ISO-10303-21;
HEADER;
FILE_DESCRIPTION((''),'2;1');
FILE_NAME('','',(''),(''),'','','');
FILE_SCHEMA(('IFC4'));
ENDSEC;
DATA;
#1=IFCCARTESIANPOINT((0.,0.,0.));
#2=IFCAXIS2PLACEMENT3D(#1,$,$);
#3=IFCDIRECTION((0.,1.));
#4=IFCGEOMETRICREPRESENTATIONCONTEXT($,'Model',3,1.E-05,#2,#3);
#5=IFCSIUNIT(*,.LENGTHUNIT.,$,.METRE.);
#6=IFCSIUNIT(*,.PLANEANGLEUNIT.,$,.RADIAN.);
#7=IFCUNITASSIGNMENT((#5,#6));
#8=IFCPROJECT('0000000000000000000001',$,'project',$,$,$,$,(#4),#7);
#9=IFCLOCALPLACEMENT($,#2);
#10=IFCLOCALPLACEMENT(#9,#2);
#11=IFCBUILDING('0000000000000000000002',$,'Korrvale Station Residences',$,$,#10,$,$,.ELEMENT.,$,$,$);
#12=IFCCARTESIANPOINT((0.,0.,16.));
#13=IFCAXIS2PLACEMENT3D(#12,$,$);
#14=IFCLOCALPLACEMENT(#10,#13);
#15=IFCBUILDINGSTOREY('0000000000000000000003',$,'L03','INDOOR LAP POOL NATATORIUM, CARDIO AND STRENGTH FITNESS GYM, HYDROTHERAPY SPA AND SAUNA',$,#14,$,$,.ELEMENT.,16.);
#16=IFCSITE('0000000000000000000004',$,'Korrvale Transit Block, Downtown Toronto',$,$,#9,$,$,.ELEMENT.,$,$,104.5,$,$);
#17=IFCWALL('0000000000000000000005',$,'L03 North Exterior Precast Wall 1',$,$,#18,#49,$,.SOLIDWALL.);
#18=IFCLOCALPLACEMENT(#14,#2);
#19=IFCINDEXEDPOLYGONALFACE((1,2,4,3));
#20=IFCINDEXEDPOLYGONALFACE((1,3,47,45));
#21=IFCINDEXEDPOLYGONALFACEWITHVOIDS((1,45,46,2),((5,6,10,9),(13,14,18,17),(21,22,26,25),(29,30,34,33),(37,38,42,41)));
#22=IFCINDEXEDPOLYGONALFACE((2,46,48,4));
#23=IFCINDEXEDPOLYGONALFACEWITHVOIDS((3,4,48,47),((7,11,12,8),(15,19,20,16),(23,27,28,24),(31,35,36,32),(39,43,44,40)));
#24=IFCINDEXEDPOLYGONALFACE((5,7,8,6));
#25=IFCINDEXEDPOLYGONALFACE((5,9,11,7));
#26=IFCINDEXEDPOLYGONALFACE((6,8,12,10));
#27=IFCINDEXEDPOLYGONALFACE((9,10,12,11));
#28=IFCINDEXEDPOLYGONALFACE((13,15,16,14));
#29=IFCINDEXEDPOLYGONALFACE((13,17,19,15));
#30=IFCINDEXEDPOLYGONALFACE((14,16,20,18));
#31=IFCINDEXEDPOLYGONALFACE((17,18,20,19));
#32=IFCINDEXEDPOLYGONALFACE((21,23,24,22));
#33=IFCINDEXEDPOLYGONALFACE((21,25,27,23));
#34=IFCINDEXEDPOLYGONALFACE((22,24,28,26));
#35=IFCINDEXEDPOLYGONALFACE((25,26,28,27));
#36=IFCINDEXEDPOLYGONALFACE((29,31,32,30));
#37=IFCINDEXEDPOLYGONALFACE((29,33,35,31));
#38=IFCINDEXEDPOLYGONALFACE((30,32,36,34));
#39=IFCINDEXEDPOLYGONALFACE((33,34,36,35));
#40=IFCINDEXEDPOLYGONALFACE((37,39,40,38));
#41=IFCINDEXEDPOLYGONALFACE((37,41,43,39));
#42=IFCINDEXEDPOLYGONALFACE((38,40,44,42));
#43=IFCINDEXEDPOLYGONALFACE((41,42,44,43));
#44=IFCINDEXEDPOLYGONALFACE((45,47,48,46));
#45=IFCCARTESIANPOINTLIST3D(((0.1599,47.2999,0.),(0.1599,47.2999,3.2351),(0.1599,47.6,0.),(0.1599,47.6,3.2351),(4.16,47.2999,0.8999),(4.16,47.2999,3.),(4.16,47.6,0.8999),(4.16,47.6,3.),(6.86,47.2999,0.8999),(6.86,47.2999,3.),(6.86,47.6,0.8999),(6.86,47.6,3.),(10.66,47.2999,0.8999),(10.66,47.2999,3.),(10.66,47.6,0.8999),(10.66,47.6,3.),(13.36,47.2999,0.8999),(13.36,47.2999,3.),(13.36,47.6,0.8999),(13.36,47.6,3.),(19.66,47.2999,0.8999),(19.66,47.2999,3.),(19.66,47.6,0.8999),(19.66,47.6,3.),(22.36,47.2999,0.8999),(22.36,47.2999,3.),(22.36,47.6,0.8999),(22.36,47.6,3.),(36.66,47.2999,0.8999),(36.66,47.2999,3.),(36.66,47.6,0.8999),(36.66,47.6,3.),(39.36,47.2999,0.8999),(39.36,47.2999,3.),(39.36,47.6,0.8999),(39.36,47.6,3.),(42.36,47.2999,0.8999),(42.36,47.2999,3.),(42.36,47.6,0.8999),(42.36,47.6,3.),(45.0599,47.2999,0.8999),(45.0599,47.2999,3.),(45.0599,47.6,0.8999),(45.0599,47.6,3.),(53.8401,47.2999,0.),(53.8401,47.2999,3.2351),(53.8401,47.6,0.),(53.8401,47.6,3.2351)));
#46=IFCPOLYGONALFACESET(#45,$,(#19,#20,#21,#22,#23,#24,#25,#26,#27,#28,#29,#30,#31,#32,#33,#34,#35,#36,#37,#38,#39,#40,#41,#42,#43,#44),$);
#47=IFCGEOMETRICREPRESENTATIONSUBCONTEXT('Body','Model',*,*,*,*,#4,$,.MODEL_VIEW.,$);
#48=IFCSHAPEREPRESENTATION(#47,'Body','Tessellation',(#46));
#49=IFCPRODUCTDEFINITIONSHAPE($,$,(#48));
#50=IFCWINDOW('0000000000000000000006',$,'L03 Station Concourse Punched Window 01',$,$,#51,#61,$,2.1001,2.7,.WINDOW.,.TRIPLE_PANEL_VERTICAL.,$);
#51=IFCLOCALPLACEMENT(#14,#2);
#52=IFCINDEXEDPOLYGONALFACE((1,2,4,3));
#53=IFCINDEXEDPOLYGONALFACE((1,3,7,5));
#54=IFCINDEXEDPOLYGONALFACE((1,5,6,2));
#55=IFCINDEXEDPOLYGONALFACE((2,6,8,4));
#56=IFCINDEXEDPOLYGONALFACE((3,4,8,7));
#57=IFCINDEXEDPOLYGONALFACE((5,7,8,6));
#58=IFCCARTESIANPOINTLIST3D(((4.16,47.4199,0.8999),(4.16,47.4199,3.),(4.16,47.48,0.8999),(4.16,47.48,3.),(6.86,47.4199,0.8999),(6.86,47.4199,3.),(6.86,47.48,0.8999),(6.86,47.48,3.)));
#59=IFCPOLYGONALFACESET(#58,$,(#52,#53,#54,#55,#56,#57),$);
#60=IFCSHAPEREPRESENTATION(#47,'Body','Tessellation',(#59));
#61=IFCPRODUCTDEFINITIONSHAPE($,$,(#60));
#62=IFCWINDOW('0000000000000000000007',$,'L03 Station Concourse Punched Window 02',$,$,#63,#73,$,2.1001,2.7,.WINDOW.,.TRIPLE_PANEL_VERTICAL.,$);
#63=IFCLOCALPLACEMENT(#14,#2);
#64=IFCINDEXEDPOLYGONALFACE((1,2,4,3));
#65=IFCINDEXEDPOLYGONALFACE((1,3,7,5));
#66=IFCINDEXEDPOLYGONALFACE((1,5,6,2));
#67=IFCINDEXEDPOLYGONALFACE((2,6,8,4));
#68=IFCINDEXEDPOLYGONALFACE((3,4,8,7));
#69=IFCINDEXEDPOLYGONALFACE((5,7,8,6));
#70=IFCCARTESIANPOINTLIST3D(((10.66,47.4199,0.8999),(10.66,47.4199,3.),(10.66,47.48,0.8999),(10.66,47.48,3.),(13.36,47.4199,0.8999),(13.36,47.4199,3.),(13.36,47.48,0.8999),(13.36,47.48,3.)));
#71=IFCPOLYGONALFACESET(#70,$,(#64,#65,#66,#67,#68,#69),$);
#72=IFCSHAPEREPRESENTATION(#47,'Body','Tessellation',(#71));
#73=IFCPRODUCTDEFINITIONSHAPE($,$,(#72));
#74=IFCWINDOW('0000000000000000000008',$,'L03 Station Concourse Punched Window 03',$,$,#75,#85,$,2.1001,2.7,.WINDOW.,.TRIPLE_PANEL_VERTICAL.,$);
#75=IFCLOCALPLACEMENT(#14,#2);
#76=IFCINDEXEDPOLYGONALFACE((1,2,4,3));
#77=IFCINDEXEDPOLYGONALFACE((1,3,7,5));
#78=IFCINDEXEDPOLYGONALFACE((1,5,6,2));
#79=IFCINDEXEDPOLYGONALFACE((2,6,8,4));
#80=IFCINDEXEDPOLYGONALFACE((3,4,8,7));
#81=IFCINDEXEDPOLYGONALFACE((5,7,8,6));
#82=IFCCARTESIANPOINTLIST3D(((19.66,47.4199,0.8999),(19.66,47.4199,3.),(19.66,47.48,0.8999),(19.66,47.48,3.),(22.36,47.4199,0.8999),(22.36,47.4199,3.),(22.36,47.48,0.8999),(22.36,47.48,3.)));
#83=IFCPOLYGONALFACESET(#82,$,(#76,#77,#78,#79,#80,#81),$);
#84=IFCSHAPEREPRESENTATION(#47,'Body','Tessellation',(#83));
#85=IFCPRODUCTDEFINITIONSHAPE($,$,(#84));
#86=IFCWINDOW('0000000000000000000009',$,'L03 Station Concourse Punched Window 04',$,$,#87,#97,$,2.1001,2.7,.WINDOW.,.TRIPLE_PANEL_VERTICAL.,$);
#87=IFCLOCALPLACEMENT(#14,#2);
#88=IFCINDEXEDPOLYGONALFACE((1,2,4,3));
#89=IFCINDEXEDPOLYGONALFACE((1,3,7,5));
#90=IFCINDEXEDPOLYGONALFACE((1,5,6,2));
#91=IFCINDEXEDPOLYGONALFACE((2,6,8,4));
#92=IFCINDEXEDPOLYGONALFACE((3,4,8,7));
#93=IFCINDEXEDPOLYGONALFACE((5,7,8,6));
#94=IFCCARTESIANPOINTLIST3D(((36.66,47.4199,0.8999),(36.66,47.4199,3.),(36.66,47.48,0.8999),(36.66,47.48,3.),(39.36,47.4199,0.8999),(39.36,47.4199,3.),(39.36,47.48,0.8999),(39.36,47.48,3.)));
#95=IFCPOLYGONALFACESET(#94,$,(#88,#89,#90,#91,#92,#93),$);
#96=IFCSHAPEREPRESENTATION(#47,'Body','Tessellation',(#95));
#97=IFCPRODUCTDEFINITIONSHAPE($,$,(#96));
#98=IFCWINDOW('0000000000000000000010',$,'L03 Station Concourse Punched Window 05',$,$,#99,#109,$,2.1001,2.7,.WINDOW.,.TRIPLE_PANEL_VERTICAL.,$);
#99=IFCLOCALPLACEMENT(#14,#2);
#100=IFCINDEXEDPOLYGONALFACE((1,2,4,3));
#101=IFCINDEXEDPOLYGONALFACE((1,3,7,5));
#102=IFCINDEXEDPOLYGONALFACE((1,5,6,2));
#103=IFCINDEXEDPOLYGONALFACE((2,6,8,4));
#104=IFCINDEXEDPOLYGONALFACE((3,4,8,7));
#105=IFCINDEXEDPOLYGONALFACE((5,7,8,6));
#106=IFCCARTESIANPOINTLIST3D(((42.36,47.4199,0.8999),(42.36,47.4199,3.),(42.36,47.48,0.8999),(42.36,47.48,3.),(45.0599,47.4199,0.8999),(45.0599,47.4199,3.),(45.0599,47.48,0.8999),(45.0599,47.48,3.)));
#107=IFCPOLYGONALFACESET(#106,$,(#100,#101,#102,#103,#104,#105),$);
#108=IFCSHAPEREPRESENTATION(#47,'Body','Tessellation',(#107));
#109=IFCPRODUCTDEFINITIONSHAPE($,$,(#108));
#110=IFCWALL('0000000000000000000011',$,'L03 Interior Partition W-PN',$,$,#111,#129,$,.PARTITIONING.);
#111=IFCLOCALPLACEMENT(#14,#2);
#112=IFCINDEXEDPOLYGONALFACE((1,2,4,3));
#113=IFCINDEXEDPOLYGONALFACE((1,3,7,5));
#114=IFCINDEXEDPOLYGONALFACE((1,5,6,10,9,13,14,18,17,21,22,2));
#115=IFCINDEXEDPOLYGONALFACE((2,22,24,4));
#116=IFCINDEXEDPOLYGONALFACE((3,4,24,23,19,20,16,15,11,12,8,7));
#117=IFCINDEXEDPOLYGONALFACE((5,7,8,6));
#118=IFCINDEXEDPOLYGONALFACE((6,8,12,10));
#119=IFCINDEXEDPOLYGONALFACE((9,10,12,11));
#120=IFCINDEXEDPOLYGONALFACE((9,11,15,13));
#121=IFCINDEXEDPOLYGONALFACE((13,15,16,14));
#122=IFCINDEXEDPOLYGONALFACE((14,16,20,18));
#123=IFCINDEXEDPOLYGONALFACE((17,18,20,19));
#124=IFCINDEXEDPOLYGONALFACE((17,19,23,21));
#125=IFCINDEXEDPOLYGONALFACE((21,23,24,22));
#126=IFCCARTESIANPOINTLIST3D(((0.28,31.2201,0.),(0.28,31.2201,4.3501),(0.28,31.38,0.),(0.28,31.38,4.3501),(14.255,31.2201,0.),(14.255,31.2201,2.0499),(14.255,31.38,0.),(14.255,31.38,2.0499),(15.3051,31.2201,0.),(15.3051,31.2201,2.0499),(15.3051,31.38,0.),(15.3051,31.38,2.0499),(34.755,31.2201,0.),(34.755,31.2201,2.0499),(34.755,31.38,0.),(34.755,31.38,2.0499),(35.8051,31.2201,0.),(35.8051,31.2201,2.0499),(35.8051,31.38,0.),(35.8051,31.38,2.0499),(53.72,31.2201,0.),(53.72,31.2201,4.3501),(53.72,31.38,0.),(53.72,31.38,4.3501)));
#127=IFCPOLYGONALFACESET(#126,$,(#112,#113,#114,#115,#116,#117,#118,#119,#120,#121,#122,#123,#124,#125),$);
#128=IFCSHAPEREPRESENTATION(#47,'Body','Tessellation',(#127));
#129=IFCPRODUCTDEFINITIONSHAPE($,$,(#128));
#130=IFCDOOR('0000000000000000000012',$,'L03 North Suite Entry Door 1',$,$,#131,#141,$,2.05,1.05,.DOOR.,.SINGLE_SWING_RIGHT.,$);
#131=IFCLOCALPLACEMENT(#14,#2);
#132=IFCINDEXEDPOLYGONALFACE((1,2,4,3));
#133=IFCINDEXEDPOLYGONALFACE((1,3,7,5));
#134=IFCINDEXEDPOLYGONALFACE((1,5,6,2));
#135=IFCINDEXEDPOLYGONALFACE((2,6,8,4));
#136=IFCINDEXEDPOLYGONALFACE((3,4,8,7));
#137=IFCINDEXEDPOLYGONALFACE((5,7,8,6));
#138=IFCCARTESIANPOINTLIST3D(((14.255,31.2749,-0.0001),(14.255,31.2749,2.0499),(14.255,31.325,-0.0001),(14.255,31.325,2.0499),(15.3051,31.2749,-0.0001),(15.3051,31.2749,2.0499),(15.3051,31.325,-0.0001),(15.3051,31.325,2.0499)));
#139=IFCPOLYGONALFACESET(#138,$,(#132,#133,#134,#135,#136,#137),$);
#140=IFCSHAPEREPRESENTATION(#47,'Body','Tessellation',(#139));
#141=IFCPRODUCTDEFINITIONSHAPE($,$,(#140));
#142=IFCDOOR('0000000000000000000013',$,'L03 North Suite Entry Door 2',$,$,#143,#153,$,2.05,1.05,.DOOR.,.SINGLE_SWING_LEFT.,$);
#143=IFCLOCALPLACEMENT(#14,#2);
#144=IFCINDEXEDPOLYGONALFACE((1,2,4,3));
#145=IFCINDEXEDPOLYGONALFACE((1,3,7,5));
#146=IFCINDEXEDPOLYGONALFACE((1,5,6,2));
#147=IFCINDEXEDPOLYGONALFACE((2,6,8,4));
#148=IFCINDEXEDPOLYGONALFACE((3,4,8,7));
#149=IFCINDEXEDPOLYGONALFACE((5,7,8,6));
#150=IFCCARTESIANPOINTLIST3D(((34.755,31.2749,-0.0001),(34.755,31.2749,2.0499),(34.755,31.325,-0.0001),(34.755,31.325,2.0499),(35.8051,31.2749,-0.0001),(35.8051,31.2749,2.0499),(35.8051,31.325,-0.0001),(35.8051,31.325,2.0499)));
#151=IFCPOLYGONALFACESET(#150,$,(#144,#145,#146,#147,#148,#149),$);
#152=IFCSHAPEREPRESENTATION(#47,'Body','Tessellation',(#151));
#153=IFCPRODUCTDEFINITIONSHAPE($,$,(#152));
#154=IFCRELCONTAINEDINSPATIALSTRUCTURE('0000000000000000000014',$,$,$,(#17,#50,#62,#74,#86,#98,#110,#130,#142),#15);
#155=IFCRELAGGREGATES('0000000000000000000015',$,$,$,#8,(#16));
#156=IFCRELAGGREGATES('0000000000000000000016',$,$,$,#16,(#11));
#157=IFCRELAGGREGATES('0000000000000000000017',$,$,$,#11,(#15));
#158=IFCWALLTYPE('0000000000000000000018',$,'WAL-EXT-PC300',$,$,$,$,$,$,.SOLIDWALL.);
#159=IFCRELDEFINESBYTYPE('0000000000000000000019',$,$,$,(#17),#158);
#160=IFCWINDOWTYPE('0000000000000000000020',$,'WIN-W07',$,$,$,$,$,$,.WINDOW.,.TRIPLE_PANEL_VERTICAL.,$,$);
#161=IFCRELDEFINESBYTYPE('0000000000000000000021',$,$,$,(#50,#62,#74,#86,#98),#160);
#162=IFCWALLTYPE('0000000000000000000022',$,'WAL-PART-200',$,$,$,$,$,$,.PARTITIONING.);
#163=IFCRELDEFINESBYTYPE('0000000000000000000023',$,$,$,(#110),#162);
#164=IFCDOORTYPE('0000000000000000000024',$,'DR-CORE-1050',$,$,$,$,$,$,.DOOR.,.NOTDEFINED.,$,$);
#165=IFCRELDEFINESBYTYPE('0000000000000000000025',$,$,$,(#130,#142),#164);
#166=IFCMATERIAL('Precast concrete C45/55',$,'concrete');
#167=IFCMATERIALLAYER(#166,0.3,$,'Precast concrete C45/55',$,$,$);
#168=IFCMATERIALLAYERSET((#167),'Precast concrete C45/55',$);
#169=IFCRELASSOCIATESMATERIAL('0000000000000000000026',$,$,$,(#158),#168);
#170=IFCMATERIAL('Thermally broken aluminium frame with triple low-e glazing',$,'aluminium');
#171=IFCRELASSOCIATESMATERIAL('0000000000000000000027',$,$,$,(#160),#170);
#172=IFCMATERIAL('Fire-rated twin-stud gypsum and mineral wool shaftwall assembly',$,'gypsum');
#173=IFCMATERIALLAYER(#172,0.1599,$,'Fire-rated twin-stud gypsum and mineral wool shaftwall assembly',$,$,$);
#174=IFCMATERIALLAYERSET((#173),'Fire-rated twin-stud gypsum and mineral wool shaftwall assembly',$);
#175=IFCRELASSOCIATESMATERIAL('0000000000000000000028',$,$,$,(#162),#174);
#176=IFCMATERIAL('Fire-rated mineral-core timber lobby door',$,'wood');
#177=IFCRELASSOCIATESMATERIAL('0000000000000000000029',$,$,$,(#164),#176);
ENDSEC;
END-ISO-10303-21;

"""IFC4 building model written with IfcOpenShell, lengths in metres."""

from ifc_helpers import new_model, si_unit, direction, frame, frame_2d, origin, place, context, subcontext, project, spatial, rectangle, extrude, material, layer, layer_set, type_object, element, fill, save


model = new_model("IFC4")

# Units and contexts
model_context = context("Model", 3, precision=1e-05, world=origin(), true_north=direction((0.0, 1.0)))
body_context = subcontext(model_context, "Body", "Model", "MODEL_VIEW")
ifc_project = project(units=[si_unit("LENGTHUNIT", "METRE"), si_unit("PLANEANGLEUNIT", "RADIAN")], contexts=[model_context])

# Site, building, storey
site_placement = place(None, origin())
site = spatial("IfcSite", under=ifc_project, at=site_placement, Name="Korrvale Transit Block, Downtown Toronto", CompositionType="ELEMENT", RefElevation=104.5)
building_placement = place(site_placement, origin())
building = spatial("IfcBuilding", under=site, at=building_placement, Name="Korrvale Station Residences", CompositionType="ELEMENT")
storey_placement = place(building_placement, frame((0.0, 0.0, 16.0)))
storey = spatial("IfcBuildingStorey", under=building, at=storey_placement, Name="L03", Description="INDOOR LAP POOL NATATORIUM, CARDIO AND STRENGTH FITNESS GYM, HYDROTHERAPY SPA AND SAUNA", CompositionType="ELEMENT", Elevation=16.0)

# Wall, openings, windows
ifc_material_1 = material(Name="Precast concrete C45/55", Category="concrete")
ifc_layer_1 = layer(ifc_material_1, 0.3, Name="Precast concrete C45/55")
ifc_layer_set_1 = layer_set([ifc_layer_1], Name="Precast concrete C45/55")
wall_type_1 = type_object("IfcWallType", Name="WAL-EXT-PC300", PredefinedType="SOLIDWALL", material=ifc_layer_set_1)
wall_1_placement = place(storey_placement, frame((0.1599, 47.45, 0.0), z_axis=(0.0, 0.0, 1.0), x_axis=(1.0, 0.0, 0.0)))
wall_1 = element("IfcWall", 1, at=wall_1_placement, inside=storey, type_object=wall_type_1, Name="L03 North Exterior Precast Wall 1", PredefinedType="SOLIDWALL", context=body_context, shape_type="SweptSolid", body=[
    extrude(rectangle(XDim=53.6802, YDim=0.3, at=frame_2d((26.8401, 0.0))), origin(), (0.0, 0.0, 1.0), 3.2351),
])
opening_1_placement = place(wall_1_placement, frame((4.0, 0.0, 0.8999)))
opening_1 = element("IfcOpeningElement", 2, at=opening_1_placement, cuts=wall_1, PredefinedType="OPENING", context=body_context, shape_type="SweptSolid", body=[
    extrude(rectangle(XDim=2.7, YDim=2.1001, at=frame_2d((1.3501, 1.05))), frame((0.0, 0.1602, 0.0), z_axis=(0.0, -1.0, 0.0), x_axis=(1.0, 0.0, 0.0)), (0.0, 0.0, 1.0), 0.3201),
])
opening_2_placement = place(wall_1_placement, frame((10.5, 0.0, 0.8999)))
opening_2 = element("IfcOpeningElement", 3, at=opening_2_placement, cuts=wall_1, PredefinedType="OPENING", context=body_context, shape_type="SweptSolid", body=[
    extrude(rectangle(XDim=2.7, YDim=2.1001, at=frame_2d((1.3501, 1.05))), frame((0.0, 0.1602, 0.0), z_axis=(0.0, -1.0, 0.0), x_axis=(1.0, 0.0, 0.0)), (0.0, 0.0, 1.0), 0.3201),
])
opening_3_placement = place(wall_1_placement, frame((19.5, 0.0, 0.8999)))
opening_3 = element("IfcOpeningElement", 4, at=opening_3_placement, cuts=wall_1, PredefinedType="OPENING", context=body_context, shape_type="SweptSolid", body=[
    extrude(rectangle(XDim=2.7, YDim=2.1001, at=frame_2d((1.3501, 1.05))), frame((0.0, 0.1602, 0.0), z_axis=(0.0, -1.0, 0.0), x_axis=(1.0, 0.0, 0.0)), (0.0, 0.0, 1.0), 0.3201),
])
opening_4_placement = place(wall_1_placement, frame((36.5, 0.0, 0.8999)))
opening_4 = element("IfcOpeningElement", 5, at=opening_4_placement, cuts=wall_1, PredefinedType="OPENING", context=body_context, shape_type="SweptSolid", body=[
    extrude(rectangle(XDim=2.7, YDim=2.1001, at=frame_2d((1.3501, 1.05))), frame((0.0, 0.1602, 0.0), z_axis=(0.0, -1.0, 0.0), x_axis=(1.0, 0.0, 0.0)), (0.0, 0.0, 1.0), 0.3201),
])
opening_5_placement = place(wall_1_placement, frame((42.2, 0.0, 0.8999)))
opening_5 = element("IfcOpeningElement", 6, at=opening_5_placement, cuts=wall_1, PredefinedType="OPENING", context=body_context, shape_type="SweptSolid", body=[
    extrude(rectangle(XDim=2.7, YDim=2.1001, at=frame_2d((1.3501, 1.05))), frame((0.0, 0.1602, 0.0), z_axis=(0.0, -1.0, 0.0), x_axis=(1.0, 0.0, 0.0)), (0.0, 0.0, 1.0), 0.3201),
])
ifc_material_2 = material(Name="Thermally broken aluminium frame with triple low-e glazing", Category="aluminium")
window_type = type_object("IfcWindowType", Name="WIN-W07", PartitioningType="TRIPLE_PANEL_VERTICAL", PredefinedType="WINDOW", material=ifc_material_2)
window_1_placement = place(opening_1_placement, origin())
window_1 = element("IfcWindow", 7, at=window_1_placement, inside=storey, type_object=window_type, Name="L03 Station Concourse Punched Window 01", OverallHeight=2.1001, OverallWidth=2.7, PartitioningType="TRIPLE_PANEL_VERTICAL", PredefinedType="WINDOW", context=body_context, shape_type="SweptSolid", body=[
    extrude(rectangle(XDim=2.7, YDim=2.1001, at=frame_2d((1.3501, 1.05))), frame((0.0, 0.03, 0.0), z_axis=(0.0, -1.0, 0.0), x_axis=(1.0, 0.0, 0.0)), (0.0, 0.0, 1.0), 0.0601),
])
fill(opening_1, window_1)
window_2_placement = place(opening_2_placement, origin())
window_2 = element("IfcWindow", 8, at=window_2_placement, inside=storey, type_object=window_type, Name="L03 Station Concourse Punched Window 02", OverallHeight=2.1001, OverallWidth=2.7, PartitioningType="TRIPLE_PANEL_VERTICAL", PredefinedType="WINDOW", context=body_context, shape_type="SweptSolid", body=[
    extrude(rectangle(XDim=2.7, YDim=2.1001, at=frame_2d((1.3501, 1.05))), frame((0.0, 0.03, 0.0), z_axis=(0.0, -1.0, 0.0), x_axis=(1.0, 0.0, 0.0)), (0.0, 0.0, 1.0), 0.0601),
])
fill(opening_2, window_2)
window_3_placement = place(opening_3_placement, origin())
window_3 = element("IfcWindow", 9, at=window_3_placement, inside=storey, type_object=window_type, Name="L03 Station Concourse Punched Window 03", OverallHeight=2.1001, OverallWidth=2.7, PartitioningType="TRIPLE_PANEL_VERTICAL", PredefinedType="WINDOW", context=body_context, shape_type="SweptSolid", body=[
    extrude(rectangle(XDim=2.7, YDim=2.1001, at=frame_2d((1.3501, 1.05))), frame((0.0, 0.03, 0.0), z_axis=(0.0, -1.0, 0.0), x_axis=(1.0, 0.0, 0.0)), (0.0, 0.0, 1.0), 0.0601),
])
fill(opening_3, window_3)
window_4_placement = place(opening_4_placement, origin())
window_4 = element("IfcWindow", 10, at=window_4_placement, inside=storey, type_object=window_type, Name="L03 Station Concourse Punched Window 04", OverallHeight=2.1001, OverallWidth=2.7, PartitioningType="TRIPLE_PANEL_VERTICAL", PredefinedType="WINDOW", context=body_context, shape_type="SweptSolid", body=[
    extrude(rectangle(XDim=2.7, YDim=2.1001, at=frame_2d((1.3501, 1.05))), frame((0.0, 0.03, 0.0), z_axis=(0.0, -1.0, 0.0), x_axis=(1.0, 0.0, 0.0)), (0.0, 0.0, 1.0), 0.0601),
])
fill(opening_4, window_4)
window_5_placement = place(opening_5_placement, origin())
window_5 = element("IfcWindow", 11, at=window_5_placement, inside=storey, type_object=window_type, Name="L03 Station Concourse Punched Window 05", OverallHeight=2.1001, OverallWidth=2.7, PartitioningType="TRIPLE_PANEL_VERTICAL", PredefinedType="WINDOW", context=body_context, shape_type="SweptSolid", body=[
    extrude(rectangle(XDim=2.7, YDim=2.1001, at=frame_2d((1.3501, 1.05))), frame((0.0, 0.03, 0.0), z_axis=(0.0, -1.0, 0.0), x_axis=(1.0, 0.0, 0.0)), (0.0, 0.0, 1.0), 0.0601),
])
fill(opening_5, window_5)

# Wall, openings, doors
ifc_material_3 = material(Name="Fire-rated twin-stud gypsum and mineral wool shaftwall assembly", Category="gypsum")
ifc_layer_2 = layer(ifc_material_3, 0.1599, Name="Fire-rated twin-stud gypsum and mineral wool shaftwall assembly")
ifc_layer_set_2 = layer_set([ifc_layer_2], Name="Fire-rated twin-stud gypsum and mineral wool shaftwall assembly")
wall_type_2 = type_object("IfcWallType", Name="WAL-PART-200", PredefinedType="PARTITIONING", material=ifc_layer_set_2)
wall_2_placement = place(storey_placement, frame((0.28, 31.3, 0.0), z_axis=(0.0, 0.0, 1.0), x_axis=(1.0, 0.0, 0.0)))
wall_2 = element("IfcWall", 12, at=wall_2_placement, inside=storey, type_object=wall_type_2, Name="L03 Interior Partition W-PN", PredefinedType="PARTITIONING", context=body_context, shape_type="SweptSolid", body=[
    extrude(rectangle(XDim=53.4399, YDim=0.1599, at=frame_2d((26.72, 0.0))), origin(), (0.0, 0.0, 1.0), 4.3501),
])
opening_6_placement = place(wall_2_placement, frame((13.9751, 0.0, 0.0)))
opening_6 = element("IfcOpeningElement", 13, at=opening_6_placement, cuts=wall_2, PredefinedType="OPENING", context=body_context, shape_type="SweptSolid", body=[
    extrude(rectangle(XDim=1.05, YDim=2.05, at=frame_2d((0.5249, 1.0249))), frame((0.0, 0.0898, 0.0), z_axis=(0.0, -1.0, 0.0), x_axis=(1.0, 0.0, 0.0)), (0.0, 0.0, 1.0), 0.1799),
])
opening_7_placement = place(wall_2_placement, frame((34.4751, 0.0, 0.0)))
opening_7 = element("IfcOpeningElement", 14, at=opening_7_placement, cuts=wall_2, PredefinedType="OPENING", context=body_context, shape_type="SweptSolid", body=[
    extrude(rectangle(XDim=1.05, YDim=2.05, at=frame_2d((0.5249, 1.0249))), frame((0.0, 0.0898, 0.0), z_axis=(0.0, -1.0, 0.0), x_axis=(1.0, 0.0, 0.0)), (0.0, 0.0, 1.0), 0.1799),
])
ifc_material_4 = material(Name="Fire-rated mineral-core timber lobby door", Category="wood")
door_type = type_object("IfcDoorType", Name="DR-CORE-1050", OperationType="NOTDEFINED", PredefinedType="DOOR", material=ifc_material_4)
door_1_placement = place(opening_6_placement, origin())
door_1 = element("IfcDoor", 15, at=door_1_placement, inside=storey, type_object=door_type, Name="L03 North Suite Entry Door 1", OperationType="SINGLE_SWING_RIGHT", OverallHeight=2.05, OverallWidth=1.05, PredefinedType="DOOR", context=body_context, shape_type="SweptSolid", body=[
    extrude(rectangle(XDim=1.05, YDim=2.05, at=frame_2d((0.5249, 1.0249))), frame((0.0, 0.0249, 0.0), z_axis=(0.0, -1.0, 0.0), x_axis=(1.0, 0.0, 0.0)), (0.0, 0.0, 1.0), 0.05),
])
fill(opening_6, door_1)
door_2_placement = place(opening_7_placement, origin())
door_2 = element("IfcDoor", 16, at=door_2_placement, inside=storey, type_object=door_type, Name="L03 North Suite Entry Door 2", OperationType="SINGLE_SWING_LEFT", OverallHeight=2.05, OverallWidth=1.05, PredefinedType="DOOR", context=body_context, shape_type="SweptSolid", body=[
    extrude(rectangle(XDim=1.05, YDim=2.05, at=frame_2d((0.5249, 1.0249))), frame((0.0, 0.0249, 0.0), z_axis=(0.0, -1.0, 0.0), x_axis=(1.0, 0.0, 0.0)), (0.0, 0.0, 1.0), 0.05),
])
fill(opening_7, door_2)

save(model, "model.ifc")
